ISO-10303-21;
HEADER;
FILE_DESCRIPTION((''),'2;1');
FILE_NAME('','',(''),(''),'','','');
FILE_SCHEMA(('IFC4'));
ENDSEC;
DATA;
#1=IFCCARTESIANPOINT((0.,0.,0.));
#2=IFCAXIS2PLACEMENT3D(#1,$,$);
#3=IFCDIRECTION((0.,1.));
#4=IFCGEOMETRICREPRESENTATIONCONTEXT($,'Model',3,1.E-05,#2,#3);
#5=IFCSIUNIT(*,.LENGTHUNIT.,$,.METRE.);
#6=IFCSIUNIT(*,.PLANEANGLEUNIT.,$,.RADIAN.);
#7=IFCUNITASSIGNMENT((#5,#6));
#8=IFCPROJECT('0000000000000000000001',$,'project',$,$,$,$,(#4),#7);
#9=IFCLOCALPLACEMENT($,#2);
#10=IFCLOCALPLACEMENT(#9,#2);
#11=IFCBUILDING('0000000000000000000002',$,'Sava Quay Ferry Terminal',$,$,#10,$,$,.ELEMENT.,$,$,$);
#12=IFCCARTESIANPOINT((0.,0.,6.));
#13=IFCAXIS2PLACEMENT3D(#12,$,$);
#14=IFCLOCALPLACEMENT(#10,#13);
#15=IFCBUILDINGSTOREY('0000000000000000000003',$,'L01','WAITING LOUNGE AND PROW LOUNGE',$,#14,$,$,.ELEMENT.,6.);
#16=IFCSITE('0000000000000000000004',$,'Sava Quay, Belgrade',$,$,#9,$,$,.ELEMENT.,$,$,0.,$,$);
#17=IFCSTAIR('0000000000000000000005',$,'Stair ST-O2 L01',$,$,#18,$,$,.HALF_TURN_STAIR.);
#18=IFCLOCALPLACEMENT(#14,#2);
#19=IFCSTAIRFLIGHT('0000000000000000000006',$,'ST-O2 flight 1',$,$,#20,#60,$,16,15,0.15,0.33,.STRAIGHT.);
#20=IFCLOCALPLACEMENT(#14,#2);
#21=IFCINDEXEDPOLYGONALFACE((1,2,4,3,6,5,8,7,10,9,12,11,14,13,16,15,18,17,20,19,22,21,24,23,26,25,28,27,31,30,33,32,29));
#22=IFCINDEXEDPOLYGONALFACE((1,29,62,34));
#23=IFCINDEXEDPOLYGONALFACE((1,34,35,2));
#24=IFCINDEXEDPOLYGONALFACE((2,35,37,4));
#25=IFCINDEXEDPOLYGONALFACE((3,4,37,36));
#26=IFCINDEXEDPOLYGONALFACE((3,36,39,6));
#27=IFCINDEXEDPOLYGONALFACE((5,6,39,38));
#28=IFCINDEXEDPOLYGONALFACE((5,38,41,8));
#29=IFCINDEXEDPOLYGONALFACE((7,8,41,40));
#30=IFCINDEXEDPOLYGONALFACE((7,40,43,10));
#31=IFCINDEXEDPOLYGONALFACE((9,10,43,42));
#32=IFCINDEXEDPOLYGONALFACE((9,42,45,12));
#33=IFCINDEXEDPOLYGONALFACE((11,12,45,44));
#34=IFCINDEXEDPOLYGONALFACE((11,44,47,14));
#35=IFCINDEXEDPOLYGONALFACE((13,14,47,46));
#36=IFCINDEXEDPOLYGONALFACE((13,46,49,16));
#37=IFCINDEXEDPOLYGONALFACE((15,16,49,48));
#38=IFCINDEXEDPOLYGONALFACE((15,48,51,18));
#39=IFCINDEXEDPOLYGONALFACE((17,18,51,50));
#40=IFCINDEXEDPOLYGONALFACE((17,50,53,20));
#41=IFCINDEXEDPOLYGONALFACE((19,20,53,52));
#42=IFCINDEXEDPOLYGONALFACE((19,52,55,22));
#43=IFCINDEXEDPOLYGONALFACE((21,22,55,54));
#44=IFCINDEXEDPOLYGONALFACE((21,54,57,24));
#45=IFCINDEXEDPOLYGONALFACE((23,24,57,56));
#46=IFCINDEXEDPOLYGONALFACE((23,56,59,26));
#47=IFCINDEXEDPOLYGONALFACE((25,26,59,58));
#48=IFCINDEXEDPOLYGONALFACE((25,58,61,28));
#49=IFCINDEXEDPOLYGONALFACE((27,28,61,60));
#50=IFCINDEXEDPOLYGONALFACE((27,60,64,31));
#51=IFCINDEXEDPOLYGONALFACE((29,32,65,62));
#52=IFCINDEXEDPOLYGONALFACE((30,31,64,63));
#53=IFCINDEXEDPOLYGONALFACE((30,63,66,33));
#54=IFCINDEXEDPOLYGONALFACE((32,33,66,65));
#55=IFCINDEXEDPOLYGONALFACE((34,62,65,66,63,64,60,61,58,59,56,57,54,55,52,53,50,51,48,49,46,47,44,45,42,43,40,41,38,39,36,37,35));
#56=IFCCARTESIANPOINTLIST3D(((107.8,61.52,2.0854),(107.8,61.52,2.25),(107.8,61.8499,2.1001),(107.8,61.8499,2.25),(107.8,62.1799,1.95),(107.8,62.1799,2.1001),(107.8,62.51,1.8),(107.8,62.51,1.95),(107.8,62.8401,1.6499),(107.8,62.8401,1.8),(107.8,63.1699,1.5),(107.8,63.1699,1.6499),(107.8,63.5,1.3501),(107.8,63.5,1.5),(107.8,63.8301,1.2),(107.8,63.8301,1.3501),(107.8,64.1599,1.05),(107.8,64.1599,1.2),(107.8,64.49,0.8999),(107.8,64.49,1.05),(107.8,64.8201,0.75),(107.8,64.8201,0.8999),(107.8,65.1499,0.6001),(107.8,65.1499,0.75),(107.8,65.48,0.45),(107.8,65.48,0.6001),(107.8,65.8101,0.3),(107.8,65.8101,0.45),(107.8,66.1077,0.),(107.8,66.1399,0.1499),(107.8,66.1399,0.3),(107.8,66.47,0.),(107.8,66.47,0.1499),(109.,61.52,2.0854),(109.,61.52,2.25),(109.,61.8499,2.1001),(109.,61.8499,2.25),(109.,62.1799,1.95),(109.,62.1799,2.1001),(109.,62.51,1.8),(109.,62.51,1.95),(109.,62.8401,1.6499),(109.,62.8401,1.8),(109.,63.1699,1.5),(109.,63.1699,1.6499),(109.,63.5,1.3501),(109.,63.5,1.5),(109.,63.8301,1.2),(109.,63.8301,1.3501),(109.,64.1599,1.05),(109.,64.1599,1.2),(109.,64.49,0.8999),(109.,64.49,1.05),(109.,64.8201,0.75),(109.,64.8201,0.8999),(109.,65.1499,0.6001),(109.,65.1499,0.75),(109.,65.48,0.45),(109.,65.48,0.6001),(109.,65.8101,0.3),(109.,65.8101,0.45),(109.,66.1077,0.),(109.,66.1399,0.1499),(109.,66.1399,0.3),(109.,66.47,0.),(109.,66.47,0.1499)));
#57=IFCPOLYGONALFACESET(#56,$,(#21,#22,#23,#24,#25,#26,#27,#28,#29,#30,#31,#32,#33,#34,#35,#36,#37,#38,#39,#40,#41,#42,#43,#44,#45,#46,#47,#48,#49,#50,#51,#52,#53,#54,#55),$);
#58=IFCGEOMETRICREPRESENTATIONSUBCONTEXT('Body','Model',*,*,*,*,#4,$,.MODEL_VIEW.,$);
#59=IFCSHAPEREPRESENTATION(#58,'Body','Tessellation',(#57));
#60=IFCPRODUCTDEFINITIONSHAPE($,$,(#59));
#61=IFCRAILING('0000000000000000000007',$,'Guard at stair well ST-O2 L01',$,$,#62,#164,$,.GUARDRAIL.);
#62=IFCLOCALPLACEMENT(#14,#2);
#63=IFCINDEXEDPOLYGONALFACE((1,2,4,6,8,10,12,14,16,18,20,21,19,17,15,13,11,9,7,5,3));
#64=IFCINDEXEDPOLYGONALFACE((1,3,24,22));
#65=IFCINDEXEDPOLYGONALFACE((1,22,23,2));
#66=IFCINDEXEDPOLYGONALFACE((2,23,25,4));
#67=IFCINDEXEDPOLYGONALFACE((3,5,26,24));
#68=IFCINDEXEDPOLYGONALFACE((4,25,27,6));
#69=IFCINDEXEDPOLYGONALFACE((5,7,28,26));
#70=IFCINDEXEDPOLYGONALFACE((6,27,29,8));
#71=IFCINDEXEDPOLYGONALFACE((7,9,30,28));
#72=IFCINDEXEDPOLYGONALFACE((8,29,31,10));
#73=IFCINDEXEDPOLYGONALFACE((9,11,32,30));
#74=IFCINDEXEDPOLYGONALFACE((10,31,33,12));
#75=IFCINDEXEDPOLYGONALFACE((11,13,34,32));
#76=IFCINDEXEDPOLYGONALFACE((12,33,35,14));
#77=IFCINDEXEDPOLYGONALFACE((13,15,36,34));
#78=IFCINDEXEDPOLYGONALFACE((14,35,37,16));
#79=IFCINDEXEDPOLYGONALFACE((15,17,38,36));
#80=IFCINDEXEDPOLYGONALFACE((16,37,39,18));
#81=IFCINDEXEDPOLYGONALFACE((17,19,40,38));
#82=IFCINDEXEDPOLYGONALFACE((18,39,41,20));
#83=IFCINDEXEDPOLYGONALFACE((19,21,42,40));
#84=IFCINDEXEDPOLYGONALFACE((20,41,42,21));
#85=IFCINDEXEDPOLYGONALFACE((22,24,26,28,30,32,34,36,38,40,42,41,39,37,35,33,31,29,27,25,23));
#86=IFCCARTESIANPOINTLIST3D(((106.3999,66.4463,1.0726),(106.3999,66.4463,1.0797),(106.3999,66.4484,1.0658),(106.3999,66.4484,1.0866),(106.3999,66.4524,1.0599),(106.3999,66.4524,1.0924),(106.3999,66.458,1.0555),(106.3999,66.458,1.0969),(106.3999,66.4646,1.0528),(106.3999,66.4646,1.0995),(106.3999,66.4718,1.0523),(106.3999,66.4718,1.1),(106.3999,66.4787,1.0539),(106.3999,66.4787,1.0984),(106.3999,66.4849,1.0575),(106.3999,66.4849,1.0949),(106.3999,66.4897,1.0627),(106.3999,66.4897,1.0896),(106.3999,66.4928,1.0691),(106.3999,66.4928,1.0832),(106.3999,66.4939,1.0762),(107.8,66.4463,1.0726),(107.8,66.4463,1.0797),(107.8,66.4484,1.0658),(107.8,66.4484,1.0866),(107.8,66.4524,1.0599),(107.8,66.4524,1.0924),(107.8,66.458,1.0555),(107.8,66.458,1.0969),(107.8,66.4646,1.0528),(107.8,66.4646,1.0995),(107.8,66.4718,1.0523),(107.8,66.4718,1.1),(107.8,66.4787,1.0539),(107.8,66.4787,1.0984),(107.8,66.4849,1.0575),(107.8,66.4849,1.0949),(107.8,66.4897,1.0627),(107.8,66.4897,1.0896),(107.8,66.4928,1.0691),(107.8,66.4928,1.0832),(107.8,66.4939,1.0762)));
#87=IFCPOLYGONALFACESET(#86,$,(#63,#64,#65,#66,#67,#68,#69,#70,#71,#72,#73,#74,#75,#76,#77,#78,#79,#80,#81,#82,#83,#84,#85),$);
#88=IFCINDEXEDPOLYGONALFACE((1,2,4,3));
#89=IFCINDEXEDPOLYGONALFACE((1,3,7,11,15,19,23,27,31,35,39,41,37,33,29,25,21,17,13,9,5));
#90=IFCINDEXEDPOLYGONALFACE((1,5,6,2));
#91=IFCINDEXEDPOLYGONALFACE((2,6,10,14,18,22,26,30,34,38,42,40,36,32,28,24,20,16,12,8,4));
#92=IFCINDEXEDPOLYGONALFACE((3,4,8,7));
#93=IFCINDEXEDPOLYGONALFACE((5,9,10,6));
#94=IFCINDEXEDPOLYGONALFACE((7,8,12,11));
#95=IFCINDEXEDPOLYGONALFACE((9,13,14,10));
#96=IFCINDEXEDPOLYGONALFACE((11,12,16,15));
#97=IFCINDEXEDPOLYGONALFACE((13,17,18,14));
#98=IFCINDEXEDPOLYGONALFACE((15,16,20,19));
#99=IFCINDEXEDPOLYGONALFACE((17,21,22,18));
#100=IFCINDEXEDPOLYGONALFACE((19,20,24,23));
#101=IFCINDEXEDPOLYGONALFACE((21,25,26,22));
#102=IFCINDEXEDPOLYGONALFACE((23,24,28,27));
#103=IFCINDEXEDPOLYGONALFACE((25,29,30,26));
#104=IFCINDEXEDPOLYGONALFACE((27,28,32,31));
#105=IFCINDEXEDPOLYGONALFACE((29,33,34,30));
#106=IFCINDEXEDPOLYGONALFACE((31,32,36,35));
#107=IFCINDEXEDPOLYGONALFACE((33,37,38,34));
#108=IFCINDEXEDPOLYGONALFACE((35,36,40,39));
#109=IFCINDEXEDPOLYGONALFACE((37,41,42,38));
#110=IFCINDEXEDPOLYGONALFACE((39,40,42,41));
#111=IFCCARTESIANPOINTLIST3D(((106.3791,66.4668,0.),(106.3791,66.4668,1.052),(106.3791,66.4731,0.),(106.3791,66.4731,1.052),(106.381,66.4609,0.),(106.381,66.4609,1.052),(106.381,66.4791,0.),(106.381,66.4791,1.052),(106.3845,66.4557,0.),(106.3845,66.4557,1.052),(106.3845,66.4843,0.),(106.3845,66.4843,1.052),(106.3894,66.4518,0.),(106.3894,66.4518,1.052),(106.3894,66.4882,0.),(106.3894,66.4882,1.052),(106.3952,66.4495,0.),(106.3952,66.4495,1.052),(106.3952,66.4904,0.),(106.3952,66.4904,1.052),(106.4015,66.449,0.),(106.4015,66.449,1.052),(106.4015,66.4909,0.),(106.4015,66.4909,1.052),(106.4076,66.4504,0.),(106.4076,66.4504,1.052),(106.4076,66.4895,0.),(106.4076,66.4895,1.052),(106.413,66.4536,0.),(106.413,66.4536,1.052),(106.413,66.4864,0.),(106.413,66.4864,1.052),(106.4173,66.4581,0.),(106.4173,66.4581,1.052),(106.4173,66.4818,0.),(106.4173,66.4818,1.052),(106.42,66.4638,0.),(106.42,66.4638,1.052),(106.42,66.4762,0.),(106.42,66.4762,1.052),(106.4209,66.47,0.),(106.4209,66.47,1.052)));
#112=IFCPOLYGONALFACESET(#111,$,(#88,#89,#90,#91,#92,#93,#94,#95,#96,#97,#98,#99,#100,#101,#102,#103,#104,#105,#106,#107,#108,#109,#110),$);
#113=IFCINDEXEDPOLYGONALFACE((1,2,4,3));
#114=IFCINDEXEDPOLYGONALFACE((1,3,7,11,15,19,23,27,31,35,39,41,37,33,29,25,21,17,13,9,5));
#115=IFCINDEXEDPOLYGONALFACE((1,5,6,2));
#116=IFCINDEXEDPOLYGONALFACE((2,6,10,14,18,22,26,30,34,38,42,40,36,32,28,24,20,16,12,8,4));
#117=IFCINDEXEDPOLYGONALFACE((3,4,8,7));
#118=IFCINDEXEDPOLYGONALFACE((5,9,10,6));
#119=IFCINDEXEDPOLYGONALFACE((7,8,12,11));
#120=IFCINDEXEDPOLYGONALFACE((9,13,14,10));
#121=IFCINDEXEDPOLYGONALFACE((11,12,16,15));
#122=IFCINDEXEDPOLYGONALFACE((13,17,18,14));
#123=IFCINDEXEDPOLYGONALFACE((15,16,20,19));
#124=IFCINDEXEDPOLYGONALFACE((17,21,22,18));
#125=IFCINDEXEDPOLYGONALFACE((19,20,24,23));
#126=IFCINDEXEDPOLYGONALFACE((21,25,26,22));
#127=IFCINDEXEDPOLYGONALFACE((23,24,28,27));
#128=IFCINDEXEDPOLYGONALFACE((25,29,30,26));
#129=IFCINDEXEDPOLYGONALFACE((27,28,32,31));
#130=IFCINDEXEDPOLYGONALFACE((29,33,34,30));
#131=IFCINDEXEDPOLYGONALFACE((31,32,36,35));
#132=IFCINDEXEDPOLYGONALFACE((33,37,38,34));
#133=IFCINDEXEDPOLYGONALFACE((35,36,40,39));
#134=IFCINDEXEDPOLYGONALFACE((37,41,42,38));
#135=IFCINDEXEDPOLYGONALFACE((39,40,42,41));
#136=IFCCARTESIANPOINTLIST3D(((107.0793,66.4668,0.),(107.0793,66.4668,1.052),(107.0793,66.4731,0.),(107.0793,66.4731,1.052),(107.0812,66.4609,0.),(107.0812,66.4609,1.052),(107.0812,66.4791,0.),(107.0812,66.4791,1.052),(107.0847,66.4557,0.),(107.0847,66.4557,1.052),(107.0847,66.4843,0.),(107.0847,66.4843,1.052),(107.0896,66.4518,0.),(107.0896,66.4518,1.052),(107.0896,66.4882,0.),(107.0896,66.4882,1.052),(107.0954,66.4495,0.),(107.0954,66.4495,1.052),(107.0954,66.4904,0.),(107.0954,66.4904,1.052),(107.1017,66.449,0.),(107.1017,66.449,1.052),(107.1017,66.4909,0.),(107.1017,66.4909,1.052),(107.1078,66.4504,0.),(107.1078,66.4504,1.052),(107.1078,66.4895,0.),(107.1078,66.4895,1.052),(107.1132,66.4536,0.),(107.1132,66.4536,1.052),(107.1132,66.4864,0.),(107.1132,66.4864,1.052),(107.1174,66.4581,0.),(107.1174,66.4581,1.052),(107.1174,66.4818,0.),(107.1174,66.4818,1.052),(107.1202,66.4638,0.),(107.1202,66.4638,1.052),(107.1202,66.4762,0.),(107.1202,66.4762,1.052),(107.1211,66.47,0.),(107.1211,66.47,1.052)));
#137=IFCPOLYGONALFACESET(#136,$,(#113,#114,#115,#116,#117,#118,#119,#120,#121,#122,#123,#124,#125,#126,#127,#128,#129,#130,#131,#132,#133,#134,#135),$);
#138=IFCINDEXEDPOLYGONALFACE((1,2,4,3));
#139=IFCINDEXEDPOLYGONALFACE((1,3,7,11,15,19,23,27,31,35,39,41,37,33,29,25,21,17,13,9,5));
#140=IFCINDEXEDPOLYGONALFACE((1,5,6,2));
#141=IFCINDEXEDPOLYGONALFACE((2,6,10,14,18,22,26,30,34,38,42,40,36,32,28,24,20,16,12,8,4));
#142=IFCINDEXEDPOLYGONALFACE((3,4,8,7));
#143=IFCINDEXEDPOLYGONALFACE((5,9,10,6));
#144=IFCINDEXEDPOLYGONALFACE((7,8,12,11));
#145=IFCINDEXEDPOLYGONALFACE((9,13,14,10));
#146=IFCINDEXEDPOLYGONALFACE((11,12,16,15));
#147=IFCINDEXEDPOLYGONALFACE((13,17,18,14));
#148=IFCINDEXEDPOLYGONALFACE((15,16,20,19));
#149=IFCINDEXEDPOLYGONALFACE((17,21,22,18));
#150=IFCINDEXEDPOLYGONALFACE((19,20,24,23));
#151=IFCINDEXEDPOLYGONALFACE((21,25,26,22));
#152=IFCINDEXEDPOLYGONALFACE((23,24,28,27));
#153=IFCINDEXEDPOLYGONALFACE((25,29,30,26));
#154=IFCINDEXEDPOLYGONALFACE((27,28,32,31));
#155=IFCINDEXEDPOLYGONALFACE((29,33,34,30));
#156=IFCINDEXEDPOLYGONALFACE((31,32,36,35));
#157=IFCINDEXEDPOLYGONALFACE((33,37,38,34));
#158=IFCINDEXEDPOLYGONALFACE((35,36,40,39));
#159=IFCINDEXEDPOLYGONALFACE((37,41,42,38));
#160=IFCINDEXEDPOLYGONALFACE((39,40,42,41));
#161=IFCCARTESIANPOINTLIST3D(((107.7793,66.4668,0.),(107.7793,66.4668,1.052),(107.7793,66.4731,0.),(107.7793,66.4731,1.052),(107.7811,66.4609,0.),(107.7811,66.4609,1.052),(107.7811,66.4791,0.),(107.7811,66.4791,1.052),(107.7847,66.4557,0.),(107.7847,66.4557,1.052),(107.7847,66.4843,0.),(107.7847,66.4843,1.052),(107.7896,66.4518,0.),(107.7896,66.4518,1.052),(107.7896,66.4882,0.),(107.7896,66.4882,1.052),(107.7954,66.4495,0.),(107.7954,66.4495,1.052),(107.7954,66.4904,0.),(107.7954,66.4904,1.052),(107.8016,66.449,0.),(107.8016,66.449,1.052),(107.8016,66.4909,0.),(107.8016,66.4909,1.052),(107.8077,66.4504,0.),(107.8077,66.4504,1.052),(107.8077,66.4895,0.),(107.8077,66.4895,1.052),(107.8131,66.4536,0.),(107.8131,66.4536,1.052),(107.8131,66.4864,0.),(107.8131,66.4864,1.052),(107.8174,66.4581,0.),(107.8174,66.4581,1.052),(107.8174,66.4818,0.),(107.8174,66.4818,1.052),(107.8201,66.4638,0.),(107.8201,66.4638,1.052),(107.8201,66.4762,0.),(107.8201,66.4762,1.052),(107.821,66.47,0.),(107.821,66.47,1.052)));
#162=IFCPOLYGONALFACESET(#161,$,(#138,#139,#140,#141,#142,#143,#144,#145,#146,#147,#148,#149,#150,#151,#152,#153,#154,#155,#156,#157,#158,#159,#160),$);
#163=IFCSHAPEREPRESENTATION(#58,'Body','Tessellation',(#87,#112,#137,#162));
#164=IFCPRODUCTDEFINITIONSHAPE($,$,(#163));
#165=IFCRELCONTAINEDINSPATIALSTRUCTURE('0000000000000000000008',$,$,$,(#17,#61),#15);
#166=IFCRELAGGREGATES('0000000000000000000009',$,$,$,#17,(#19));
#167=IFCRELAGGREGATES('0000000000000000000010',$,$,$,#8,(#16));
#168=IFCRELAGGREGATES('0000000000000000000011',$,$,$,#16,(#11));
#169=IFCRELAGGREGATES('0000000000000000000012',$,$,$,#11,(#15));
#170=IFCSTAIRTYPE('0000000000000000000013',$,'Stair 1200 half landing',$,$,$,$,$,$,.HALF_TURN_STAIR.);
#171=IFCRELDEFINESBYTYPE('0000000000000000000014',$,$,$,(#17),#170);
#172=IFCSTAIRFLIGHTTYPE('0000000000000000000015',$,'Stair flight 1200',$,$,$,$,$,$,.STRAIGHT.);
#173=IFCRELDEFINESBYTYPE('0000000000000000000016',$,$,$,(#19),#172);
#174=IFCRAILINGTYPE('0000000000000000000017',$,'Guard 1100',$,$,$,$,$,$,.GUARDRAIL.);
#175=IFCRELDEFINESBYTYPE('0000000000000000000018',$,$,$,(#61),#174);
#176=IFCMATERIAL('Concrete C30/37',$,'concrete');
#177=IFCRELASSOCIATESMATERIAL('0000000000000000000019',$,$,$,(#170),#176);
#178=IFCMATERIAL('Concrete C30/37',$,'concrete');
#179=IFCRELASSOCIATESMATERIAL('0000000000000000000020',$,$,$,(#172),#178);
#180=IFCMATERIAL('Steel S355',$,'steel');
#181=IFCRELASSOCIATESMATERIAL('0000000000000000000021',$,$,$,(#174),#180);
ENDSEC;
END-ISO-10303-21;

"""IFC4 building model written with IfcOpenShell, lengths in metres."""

from ifc_helpers import new_model, si_unit, direction, frame, origin, origin_2d, place, context, subcontext, project, spatial, polyline, circle, outline, extrude, material, type_object, element, aggregate, save


model = new_model("IFC4")

# Units and contexts
model_context = context("Model", 3, precision=1e-05, world=origin(), true_north=direction((0.0, 1.0)))
body_context = subcontext(model_context, "Body", "Model", "MODEL_VIEW")
ifc_project = project(units=[si_unit("LENGTHUNIT", "METRE"), si_unit("PLANEANGLEUNIT", "RADIAN")], contexts=[model_context])

# Site, building, storey
site_placement = place(None, origin())
site = spatial("IfcSite", under=ifc_project, at=site_placement, Name="Sava Quay, Belgrade", CompositionType="ELEMENT", RefElevation=0.0)
building_placement = place(site_placement, origin())
building = spatial("IfcBuilding", under=site, at=building_placement, Name="Sava Quay Ferry Terminal", CompositionType="ELEMENT")
storey_placement = place(building_placement, frame((0.0, 0.0, 6.0)))
storey = spatial("IfcBuildingStorey", under=building, at=storey_placement, Name="L01", Description="WAITING LOUNGE AND PROW LOUNGE", CompositionType="ELEMENT", Elevation=6.0)

# Stair, stair flight
ifc_material_1 = material(Name="Concrete C30/37", Category="concrete")
stair_type = type_object("IfcStairType", Name="Stair 1200 half landing", PredefinedType="HALF_TURN_STAIR", material=ifc_material_1)
stair_placement = place(storey_placement, origin())
stair = element("IfcStair", 1, at=stair_placement, inside=storey, type_object=stair_type, Name="Stair ST-O2 L01", PredefinedType="HALF_TURN_STAIR")
ifc_material_2 = material(Name="Concrete C30/37", Category="concrete")
stair_flight_type = type_object("IfcStairFlightType", Name="Stair flight 1200", PredefinedType="STRAIGHT", material=ifc_material_2)
stair_flight_placement = place(storey_placement, frame((108.3999, 66.47, 0.0), z_axis=(0.0, 0.0, 1.0), x_axis=(0.0, -1.0, 0.0)))
stair_flight = element("IfcStairFlight", 2, at=stair_flight_placement, type_object=stair_flight_type, Name="ST-O2 flight 1", NumberOfRisers=16, NumberOfTreads=15, PredefinedType="STRAIGHT", RiserHeight=0.15, TreadLength=0.33, context=body_context, shape_type="SweptSolid", body=[
    extrude(outline(polyline([(0.0, 0.0), (0.0, 0.1499), (0.3301, 0.1499), (0.3301, 0.3), (0.6599, 0.3), (0.6599, 0.45), (0.99, 0.45), (0.99, 0.6001), (1.3201, 0.6001), (1.3201, 0.75), (1.6499, 0.75), (1.6499, 0.8999), (1.98, 0.8999), (1.98, 1.05), (2.3101, 1.05), (2.3101, 1.2), (2.6399, 1.2), (2.6399, 1.3501), (2.97, 1.3501), (2.97, 1.5), (3.3, 1.5), (3.3, 1.6499), (3.6299, 1.6499), (3.6299, 1.8), (3.96, 1.8), (3.96, 1.95), (4.29, 1.95), (4.29, 2.1001), (4.6201, 2.1001), (4.6201, 2.25), (4.95, 2.25), (4.95, 2.3999), (4.95, 2.0854), (0.3623, 0.0), (0.0, 0.0)])), frame((0.0, 0.6001, 0.0), z_axis=(0.0, -1.0, 0.0), x_axis=(1.0, 0.0, 0.0)), (0.0, 0.0, 1.0), 1.2),
])
aggregate(stair, [stair_flight])

# Railing
ifc_material_3 = material(Name="Steel S355", Category="steel")
railing_type_1 = type_object("IfcRailingType", Name="Guard 1100", PredefinedType="GUARDRAIL", material=ifc_material_3)
railing_1_placement = place(storey_placement, frame((106.3999, 66.47, 0.0)))
element("IfcRailing", 3, at=railing_1_placement, inside=storey, type_object=railing_type_1, Name="Guard at stair well ST-O2 L01", PredefinedType="GUARDRAIL", context=body_context, shape_type="SweptSolid", body=[
    extrude(circle(Radius=0.0239, at=origin_2d()), frame((0.0, 0.0, 1.0762), z_axis=(1.0, 0.0, 0.0), x_axis=(0.0, 1.0, 0.0)), (0.0, 0.0, 1.0), 1.4001),
    extrude(circle(Radius=0.021, at=origin_2d()), origin(), (0.0, 0.0, 1.0), 1.052),
    extrude(circle(Radius=0.021, at=origin_2d()), frame((0.7002, 0.0, 0.0)), (0.0, 0.0, 1.0), 1.052),
    extrude(circle(Radius=0.021, at=origin_2d()), frame((1.4001, 0.0, 0.0)), (0.0, 0.0, 1.0), 1.052),
])

save(model, "model.ifc")
